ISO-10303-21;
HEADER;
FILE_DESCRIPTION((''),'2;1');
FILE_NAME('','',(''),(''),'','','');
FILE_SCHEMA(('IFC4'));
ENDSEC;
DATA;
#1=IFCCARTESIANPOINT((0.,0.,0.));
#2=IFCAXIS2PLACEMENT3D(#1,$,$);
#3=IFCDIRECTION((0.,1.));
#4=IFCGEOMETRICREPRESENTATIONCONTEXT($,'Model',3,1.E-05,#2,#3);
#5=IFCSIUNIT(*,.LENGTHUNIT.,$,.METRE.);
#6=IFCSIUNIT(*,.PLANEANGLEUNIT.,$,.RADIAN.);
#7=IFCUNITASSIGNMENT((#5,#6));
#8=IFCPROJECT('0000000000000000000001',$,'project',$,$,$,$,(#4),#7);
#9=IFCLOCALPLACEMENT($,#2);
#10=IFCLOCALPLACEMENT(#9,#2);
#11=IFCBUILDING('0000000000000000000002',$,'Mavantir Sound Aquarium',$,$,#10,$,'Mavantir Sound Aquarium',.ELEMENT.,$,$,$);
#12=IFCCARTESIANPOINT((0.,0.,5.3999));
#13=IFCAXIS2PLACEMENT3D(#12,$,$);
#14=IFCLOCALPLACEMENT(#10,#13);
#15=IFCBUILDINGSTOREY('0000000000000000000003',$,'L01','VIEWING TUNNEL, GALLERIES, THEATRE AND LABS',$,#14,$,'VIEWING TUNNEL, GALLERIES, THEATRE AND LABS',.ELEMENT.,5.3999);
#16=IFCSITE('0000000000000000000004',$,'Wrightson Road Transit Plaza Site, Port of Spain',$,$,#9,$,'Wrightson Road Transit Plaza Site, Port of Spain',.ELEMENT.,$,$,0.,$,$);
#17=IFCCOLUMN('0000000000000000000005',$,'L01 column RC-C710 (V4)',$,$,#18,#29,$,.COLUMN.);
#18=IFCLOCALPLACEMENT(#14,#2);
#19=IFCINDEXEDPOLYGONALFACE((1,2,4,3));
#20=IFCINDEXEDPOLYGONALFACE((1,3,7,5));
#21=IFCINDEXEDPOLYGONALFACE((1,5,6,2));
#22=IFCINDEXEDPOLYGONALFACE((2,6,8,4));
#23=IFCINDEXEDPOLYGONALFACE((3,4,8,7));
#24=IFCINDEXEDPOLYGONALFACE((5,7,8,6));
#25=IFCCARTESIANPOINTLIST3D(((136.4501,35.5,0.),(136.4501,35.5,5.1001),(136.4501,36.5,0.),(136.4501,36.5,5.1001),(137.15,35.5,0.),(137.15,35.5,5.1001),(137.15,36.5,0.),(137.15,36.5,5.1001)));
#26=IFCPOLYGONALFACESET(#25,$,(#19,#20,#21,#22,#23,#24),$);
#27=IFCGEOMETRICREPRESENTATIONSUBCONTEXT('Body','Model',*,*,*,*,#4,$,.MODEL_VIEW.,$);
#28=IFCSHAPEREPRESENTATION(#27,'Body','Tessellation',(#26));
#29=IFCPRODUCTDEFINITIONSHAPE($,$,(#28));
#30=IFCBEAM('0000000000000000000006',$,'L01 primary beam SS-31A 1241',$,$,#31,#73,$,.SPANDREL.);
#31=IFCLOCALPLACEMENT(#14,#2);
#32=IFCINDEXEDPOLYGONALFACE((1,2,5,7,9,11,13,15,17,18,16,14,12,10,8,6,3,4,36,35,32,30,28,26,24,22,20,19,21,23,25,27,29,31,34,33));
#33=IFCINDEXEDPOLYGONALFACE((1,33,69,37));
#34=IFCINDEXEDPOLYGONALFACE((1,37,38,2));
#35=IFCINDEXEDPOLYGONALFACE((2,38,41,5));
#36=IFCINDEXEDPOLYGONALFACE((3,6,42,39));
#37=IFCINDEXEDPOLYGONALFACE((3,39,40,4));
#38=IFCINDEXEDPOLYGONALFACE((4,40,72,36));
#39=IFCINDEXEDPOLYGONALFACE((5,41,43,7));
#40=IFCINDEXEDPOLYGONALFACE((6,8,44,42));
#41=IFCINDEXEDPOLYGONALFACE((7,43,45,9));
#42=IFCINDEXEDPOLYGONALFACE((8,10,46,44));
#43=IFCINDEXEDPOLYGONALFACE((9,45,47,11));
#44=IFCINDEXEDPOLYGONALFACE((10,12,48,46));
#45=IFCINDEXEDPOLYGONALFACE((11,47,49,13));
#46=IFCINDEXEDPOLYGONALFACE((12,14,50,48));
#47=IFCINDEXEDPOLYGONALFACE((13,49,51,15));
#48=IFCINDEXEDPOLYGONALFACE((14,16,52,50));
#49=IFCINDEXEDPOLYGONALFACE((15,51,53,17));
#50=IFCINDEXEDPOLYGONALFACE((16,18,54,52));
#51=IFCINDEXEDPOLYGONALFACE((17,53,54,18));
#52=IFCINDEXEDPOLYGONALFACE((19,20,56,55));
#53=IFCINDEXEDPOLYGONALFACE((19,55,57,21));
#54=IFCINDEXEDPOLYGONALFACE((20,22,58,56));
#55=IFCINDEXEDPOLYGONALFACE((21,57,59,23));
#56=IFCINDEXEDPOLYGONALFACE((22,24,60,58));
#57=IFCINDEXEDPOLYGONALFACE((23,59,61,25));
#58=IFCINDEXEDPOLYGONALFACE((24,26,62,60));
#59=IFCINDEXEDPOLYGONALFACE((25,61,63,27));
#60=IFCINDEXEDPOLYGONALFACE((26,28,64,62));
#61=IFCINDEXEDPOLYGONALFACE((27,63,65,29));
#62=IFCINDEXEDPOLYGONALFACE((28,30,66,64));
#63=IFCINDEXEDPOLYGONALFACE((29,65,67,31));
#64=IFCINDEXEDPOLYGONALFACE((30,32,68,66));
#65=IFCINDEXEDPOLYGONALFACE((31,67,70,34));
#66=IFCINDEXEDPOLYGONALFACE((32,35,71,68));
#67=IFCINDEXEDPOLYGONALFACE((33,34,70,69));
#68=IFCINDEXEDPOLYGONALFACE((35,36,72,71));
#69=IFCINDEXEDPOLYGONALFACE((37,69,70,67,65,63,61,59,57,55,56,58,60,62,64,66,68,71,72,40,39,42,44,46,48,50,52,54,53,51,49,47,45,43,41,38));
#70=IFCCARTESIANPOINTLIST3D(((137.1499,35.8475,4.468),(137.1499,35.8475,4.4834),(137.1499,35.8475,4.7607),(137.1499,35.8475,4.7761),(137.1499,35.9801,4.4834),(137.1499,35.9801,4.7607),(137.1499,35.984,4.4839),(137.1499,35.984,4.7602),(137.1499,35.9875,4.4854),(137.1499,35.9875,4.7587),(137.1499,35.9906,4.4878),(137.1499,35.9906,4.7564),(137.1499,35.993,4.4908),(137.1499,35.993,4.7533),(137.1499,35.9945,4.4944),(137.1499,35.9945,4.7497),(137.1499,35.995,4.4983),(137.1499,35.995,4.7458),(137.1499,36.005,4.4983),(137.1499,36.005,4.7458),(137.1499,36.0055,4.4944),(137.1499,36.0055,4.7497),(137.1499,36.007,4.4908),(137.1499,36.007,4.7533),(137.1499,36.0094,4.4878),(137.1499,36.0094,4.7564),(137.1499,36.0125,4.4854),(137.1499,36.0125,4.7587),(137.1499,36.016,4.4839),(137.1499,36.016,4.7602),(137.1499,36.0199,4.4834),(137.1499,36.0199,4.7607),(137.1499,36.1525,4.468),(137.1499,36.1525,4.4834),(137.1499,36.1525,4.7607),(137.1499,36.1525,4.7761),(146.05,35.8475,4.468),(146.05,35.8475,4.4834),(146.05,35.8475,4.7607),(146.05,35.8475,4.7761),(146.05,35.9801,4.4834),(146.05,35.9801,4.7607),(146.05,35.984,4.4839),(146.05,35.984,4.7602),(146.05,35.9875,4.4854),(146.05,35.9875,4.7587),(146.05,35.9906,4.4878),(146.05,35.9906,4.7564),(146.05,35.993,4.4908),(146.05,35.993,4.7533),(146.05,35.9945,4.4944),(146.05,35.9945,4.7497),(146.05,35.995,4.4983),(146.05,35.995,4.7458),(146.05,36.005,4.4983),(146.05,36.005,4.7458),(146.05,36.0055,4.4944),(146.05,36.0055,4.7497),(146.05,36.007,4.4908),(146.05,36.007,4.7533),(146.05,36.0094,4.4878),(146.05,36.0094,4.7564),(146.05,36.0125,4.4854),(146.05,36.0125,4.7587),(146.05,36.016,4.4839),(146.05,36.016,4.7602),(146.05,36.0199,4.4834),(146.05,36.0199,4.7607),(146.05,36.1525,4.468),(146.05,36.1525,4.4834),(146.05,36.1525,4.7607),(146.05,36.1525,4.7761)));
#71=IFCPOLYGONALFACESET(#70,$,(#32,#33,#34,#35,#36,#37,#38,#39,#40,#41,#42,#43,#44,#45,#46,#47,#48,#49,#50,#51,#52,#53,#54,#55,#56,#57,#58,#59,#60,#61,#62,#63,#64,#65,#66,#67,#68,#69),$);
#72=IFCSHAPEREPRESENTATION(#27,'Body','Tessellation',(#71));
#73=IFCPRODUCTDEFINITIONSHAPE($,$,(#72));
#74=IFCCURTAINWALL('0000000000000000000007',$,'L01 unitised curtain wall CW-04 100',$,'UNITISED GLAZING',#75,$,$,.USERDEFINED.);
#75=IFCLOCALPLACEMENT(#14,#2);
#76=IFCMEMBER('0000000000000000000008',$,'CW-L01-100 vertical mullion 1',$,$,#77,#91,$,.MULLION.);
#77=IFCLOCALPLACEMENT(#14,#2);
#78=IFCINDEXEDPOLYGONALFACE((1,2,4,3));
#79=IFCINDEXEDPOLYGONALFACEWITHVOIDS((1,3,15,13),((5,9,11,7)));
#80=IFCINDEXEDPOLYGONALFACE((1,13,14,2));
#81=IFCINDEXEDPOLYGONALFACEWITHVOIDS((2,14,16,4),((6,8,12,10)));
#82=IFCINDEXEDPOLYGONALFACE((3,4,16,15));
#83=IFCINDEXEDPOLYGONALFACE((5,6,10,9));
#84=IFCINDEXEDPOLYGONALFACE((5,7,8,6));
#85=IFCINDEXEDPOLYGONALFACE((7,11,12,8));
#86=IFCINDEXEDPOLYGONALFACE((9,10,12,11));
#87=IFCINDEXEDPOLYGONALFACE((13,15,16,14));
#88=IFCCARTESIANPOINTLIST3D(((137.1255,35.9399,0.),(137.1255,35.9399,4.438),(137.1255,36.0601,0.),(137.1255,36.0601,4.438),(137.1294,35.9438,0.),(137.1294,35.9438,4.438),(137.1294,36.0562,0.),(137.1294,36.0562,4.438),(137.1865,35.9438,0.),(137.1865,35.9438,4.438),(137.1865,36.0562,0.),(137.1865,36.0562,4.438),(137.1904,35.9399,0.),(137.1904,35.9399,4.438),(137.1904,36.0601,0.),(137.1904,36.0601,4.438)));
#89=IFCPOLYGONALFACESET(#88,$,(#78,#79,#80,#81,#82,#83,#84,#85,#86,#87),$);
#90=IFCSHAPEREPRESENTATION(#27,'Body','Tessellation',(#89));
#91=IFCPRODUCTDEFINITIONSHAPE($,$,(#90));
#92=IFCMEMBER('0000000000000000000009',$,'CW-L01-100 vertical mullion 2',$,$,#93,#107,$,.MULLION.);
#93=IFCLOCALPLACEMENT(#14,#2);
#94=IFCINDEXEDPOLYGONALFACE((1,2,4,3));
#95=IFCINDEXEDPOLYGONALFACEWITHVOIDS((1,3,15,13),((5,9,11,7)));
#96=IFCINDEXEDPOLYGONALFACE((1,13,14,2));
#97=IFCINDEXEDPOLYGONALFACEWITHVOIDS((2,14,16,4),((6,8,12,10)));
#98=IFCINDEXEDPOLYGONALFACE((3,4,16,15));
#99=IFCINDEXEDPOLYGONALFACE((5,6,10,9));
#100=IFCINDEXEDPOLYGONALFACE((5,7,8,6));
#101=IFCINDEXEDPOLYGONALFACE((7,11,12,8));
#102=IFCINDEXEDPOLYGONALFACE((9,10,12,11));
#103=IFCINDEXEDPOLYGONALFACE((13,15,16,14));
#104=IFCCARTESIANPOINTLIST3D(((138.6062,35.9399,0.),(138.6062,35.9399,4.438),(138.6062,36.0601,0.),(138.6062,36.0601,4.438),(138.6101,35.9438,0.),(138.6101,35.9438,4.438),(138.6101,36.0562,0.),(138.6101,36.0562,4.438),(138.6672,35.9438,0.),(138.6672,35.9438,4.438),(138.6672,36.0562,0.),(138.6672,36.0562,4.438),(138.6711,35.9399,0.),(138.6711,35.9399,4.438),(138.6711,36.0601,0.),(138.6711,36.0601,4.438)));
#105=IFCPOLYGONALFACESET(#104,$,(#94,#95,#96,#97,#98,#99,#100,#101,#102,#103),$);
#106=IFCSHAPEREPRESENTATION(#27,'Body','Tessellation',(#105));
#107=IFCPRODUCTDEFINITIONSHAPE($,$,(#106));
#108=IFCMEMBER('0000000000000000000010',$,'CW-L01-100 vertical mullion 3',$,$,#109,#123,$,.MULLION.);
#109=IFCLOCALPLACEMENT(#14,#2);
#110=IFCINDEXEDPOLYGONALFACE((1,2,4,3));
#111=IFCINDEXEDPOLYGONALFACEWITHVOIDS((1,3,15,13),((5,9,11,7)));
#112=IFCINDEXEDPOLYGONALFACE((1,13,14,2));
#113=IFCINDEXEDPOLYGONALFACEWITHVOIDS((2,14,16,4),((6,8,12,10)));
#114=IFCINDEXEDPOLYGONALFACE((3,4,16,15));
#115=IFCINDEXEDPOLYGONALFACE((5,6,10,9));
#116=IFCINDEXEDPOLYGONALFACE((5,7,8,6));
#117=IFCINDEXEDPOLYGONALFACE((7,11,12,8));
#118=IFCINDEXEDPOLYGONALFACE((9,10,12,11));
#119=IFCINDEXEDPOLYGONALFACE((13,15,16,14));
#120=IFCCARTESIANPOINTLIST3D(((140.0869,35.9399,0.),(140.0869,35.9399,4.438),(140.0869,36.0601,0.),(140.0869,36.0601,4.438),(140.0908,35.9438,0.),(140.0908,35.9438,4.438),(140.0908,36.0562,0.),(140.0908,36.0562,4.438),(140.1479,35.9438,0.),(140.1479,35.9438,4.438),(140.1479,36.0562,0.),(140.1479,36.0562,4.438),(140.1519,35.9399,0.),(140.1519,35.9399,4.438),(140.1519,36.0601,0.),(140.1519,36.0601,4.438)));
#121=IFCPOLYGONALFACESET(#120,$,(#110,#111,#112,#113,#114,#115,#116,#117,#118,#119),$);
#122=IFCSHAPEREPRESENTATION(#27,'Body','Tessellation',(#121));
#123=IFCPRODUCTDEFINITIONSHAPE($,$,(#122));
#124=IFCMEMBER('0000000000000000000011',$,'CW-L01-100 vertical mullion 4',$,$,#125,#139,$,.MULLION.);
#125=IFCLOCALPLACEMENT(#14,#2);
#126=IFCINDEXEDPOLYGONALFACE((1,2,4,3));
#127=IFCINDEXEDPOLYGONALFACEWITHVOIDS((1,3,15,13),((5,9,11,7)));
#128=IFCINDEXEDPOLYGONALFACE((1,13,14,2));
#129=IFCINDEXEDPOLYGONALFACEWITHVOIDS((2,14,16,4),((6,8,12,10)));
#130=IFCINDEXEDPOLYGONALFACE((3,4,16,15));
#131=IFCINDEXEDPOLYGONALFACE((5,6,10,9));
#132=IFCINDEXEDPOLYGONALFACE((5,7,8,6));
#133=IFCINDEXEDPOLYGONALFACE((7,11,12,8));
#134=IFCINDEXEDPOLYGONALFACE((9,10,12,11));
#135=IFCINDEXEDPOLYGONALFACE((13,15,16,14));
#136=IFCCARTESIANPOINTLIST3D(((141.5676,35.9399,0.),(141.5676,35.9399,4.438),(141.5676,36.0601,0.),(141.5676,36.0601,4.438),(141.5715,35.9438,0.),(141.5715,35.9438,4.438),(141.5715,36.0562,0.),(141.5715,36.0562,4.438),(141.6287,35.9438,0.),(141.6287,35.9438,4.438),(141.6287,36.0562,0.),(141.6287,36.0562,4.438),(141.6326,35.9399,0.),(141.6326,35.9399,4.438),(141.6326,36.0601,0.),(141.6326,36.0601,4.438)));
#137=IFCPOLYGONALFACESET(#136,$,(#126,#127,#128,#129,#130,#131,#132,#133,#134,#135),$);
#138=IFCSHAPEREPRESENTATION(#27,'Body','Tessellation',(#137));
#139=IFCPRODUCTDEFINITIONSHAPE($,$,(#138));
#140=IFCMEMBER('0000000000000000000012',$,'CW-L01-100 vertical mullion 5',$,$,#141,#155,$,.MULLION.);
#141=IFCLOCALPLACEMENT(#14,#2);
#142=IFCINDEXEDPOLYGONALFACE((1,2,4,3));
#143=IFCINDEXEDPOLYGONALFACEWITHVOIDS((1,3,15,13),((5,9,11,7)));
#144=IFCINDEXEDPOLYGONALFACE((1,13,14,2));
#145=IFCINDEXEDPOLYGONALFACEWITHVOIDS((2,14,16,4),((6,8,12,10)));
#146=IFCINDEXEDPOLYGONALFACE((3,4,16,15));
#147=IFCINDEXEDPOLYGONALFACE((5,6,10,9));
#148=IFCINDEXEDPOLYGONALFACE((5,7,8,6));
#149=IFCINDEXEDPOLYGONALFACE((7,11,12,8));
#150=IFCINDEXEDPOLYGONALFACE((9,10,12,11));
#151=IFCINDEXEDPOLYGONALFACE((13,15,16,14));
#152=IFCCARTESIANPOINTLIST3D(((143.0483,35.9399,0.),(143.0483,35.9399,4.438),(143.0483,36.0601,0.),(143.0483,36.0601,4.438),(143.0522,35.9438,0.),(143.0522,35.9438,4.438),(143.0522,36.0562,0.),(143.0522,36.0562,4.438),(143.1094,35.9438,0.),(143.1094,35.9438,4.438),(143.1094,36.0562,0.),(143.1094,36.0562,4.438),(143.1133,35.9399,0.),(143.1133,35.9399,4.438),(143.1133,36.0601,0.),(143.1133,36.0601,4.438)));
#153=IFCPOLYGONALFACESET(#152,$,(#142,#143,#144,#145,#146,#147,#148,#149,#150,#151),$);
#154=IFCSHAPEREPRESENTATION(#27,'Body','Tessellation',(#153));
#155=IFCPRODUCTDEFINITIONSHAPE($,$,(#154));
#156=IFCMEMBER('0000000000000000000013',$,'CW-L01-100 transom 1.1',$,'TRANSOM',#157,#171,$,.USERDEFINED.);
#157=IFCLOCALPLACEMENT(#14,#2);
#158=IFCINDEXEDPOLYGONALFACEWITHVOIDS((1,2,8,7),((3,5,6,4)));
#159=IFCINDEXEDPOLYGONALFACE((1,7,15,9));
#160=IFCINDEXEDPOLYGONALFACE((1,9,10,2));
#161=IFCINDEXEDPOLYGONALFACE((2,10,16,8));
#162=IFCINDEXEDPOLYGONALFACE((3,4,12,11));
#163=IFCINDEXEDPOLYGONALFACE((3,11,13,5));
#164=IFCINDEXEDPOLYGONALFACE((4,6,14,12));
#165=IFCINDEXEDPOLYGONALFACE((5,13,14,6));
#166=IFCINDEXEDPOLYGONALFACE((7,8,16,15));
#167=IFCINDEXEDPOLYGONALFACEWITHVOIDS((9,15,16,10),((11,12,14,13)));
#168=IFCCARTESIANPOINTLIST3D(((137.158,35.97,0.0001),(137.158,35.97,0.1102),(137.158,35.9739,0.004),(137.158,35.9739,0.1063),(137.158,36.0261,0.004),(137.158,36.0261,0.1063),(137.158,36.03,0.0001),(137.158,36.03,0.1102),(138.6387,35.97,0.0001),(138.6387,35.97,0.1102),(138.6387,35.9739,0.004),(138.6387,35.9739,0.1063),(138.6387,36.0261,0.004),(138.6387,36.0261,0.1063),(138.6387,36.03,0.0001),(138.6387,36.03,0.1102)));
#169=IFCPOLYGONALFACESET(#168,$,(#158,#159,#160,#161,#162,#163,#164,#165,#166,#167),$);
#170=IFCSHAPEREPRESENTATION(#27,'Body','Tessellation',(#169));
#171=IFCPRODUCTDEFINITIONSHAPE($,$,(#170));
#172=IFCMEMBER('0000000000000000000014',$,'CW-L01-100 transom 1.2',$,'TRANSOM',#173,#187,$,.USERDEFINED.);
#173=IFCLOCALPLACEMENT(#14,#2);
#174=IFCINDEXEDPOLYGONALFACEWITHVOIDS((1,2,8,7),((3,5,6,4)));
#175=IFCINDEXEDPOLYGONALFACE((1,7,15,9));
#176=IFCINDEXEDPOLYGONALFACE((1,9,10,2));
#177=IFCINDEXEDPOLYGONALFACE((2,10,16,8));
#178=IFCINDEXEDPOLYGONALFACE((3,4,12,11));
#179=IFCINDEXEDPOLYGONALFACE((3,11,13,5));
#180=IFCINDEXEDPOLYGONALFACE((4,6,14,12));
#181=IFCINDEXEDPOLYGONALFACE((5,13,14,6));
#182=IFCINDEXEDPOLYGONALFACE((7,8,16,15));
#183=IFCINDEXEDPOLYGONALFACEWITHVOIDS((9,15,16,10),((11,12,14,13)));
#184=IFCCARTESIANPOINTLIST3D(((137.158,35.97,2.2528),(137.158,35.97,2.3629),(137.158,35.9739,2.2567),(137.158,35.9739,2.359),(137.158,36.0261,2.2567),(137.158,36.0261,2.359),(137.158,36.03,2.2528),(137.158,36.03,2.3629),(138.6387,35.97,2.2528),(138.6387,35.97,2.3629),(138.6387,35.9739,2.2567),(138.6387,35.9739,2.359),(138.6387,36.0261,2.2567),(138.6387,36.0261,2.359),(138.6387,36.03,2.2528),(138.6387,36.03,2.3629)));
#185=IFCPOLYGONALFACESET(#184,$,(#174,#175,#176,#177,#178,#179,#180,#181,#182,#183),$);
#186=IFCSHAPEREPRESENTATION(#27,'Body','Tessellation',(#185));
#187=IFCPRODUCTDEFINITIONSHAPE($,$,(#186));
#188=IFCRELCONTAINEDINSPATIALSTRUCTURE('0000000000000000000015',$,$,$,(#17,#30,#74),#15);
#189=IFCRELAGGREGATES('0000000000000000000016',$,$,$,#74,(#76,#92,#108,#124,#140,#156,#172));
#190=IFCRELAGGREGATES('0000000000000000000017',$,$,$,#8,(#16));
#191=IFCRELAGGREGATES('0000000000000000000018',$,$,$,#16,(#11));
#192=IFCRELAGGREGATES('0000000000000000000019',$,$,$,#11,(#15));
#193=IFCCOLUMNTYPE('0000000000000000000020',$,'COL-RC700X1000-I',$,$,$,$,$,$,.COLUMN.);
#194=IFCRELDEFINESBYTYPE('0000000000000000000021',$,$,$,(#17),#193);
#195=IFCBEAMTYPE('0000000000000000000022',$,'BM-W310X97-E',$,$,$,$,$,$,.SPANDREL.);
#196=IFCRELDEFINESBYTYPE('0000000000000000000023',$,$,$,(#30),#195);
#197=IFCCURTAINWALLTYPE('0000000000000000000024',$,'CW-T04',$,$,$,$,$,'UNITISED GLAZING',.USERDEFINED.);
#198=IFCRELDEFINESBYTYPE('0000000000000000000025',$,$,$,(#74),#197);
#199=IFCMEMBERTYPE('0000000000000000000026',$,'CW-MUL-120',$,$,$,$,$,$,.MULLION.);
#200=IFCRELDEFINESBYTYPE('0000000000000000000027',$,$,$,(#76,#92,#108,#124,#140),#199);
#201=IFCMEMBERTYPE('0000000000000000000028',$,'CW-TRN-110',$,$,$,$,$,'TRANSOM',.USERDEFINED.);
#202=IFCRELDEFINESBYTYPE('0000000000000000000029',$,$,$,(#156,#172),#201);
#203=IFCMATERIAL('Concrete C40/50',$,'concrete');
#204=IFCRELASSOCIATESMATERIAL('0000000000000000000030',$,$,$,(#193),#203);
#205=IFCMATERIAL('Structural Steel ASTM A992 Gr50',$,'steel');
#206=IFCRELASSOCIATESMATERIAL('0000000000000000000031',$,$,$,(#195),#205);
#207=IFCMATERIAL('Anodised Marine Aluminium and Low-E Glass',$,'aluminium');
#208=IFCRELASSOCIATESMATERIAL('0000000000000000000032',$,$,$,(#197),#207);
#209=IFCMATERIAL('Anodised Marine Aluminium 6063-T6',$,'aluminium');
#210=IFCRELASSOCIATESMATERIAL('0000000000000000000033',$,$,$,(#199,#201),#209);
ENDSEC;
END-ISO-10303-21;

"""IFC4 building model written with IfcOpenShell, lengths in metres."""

from ifc_helpers import new_model, si_unit, direction, frame, origin, origin_2d, place, context, subcontext, project, spatial, rectangle, hollow_rectangle, i_section, extrude, material, material_profile, profile_set, type_object, element, aggregate, save


model = new_model("IFC4")

# Units and contexts
model_context = context("Model", 3, precision=1e-05, world=origin(), true_north=direction((0.0, 1.0)))
body_context = subcontext(model_context, "Body", "Model", "MODEL_VIEW")
ifc_project = project(units=[si_unit("LENGTHUNIT", "METRE"), si_unit("PLANEANGLEUNIT", "RADIAN")], contexts=[model_context])

# Site, building, storey
site_placement = place(None, origin())
site = spatial("IfcSite", under=ifc_project, at=site_placement, Name="Wrightson Road Transit Plaza Site, Port of Spain", LongName="Wrightson Road Transit Plaza Site, Port of Spain", CompositionType="ELEMENT", RefElevation=0.0)
building_placement = place(site_placement, origin())
building = spatial("IfcBuilding", under=site, at=building_placement, Name="Mavantir Sound Aquarium", LongName="Mavantir Sound Aquarium", CompositionType="ELEMENT")
storey_placement = place(building_placement, frame((0.0, 0.0, 5.3999)))
storey = spatial("IfcBuildingStorey", under=building, at=storey_placement, Name="L01", Description="VIEWING TUNNEL, GALLERIES, THEATRE AND LABS", LongName="VIEWING TUNNEL, GALLERIES, THEATRE AND LABS", CompositionType="ELEMENT", Elevation=5.3999)

# Column
ifc_material_1 = material(Name="Concrete C40/50", Category="concrete")
ifc_material_profile_1 = material_profile(ifc_material_1, rectangle(XDim=0.7, YDim=1.0, at=origin_2d()), Name="RC 700X1000")
ifc_profile_set_1 = profile_set([ifc_material_profile_1], Name="Concrete C40/50")
column_type = type_object("IfcColumnType", Name="COL-RC700X1000-I", PredefinedType="COLUMN", material=ifc_profile_set_1)
column_placement = place(storey_placement, frame((136.8, 36.0, 0.0), z_axis=(0.0, 0.0, 1.0), x_axis=(1.0, 0.0, 0.0)))
element("IfcColumn", 1, at=column_placement, inside=storey, type_object=column_type, Name="L01 column RC-C710 (V4)", PredefinedType="COLUMN", context=body_context, shape_type="SweptSolid", body=[
    extrude(rectangle(XDim=0.7, YDim=1.0, at=origin_2d()), origin(), (0.0, 0.0, 1.0), 5.1001),
])

# Beam
ifc_material_2 = material(Name="Structural Steel ASTM A992 Gr50", Category="steel")
ifc_material_profile_2 = material_profile(ifc_material_2, i_section(OverallWidth=0.3049, OverallDepth=0.3081, WebThickness=0.01, FlangeThickness=0.0154, FilletRadius=0.0149, at=origin_2d()), Name="W310X97")
ifc_profile_set_2 = profile_set([ifc_material_profile_2], Name="Structural Steel ASTM A992 Gr50")
beam_type = type_object("IfcBeamType", Name="BM-W310X97-E", PredefinedType="SPANDREL", material=ifc_profile_set_2)
beam_placement = place(storey_placement, frame((137.1499, 36.0, 4.6221), z_axis=(1.0, 0.0, 0.0), x_axis=(0.0, 1.0, 0.0)))
element("IfcBeam", 2, at=beam_placement, inside=storey, type_object=beam_type, Name="L01 primary beam SS-31A 1241", PredefinedType="SPANDREL", context=body_context, shape_type="SweptSolid", body=[
    extrude(i_section(OverallWidth=0.3049, OverallDepth=0.3081, WebThickness=0.01, FlangeThickness=0.0154, FilletRadius=0.0149, at=origin_2d()), origin(), (0.0, 0.0, 1.0), 8.9001),
])

# Curtain wall, members
ifc_material_3 = material(Name="Anodised Marine Aluminium and Low-E Glass", Category="aluminium")
curtain_wall_type = type_object("IfcCurtainWallType", Name="CW-T04", ElementType="UNITISED GLAZING", PredefinedType="USERDEFINED", material=ifc_material_3)
curtain_wall_placement = place(storey_placement, origin())
curtain_wall = element("IfcCurtainWall", 3, at=curtain_wall_placement, inside=storey, type_object=curtain_wall_type, Name="L01 unitised curtain wall CW-04 100", ObjectType="UNITISED GLAZING", PredefinedType="USERDEFINED")
ifc_material_4 = material(Name="Anodised Marine Aluminium 6063-T6", Category="aluminium")
ifc_material_profile_3 = material_profile(ifc_material_4, hollow_rectangle(XDim=0.0649, YDim=0.1201, WallThickness=0.0039, at=origin_2d()), Name="ALU-MULLION-120X65")
ifc_profile_set_3 = profile_set([ifc_material_profile_3], Name="Anodised Marine Aluminium 6063-T6")
member_type_1 = type_object("IfcMemberType", Name="CW-MUL-120", PredefinedType="MULLION", material=ifc_profile_set_3)
member_1_placement = place(storey_placement, frame((137.158, 36.0, 0.0), z_axis=(0.0, 0.0, 1.0), x_axis=(1.0, 0.0, 0.0)))
member_1 = element("IfcMember", 4, at=member_1_placement, type_object=member_type_1, Name="CW-L01-100 vertical mullion 1", PredefinedType="MULLION", context=body_context, shape_type="SweptSolid", body=[
    extrude(hollow_rectangle(XDim=0.0649, YDim=0.1201, WallThickness=0.0039, at=origin_2d()), origin(), (0.0, 0.0, 1.0), 4.438),
])
member_2_placement = place(storey_placement, frame((138.6387, 36.0, 0.0), z_axis=(0.0, 0.0, 1.0), x_axis=(1.0, 0.0, 0.0)))
member_2 = element("IfcMember", 5, at=member_2_placement, type_object=member_type_1, Name="CW-L01-100 vertical mullion 2", PredefinedType="MULLION", context=body_context, shape_type="SweptSolid", body=[
    extrude(hollow_rectangle(XDim=0.0649, YDim=0.1201, WallThickness=0.0039, at=origin_2d()), origin(), (0.0, 0.0, 1.0), 4.438),
])
member_3_placement = place(storey_placement, frame((140.1194, 36.0, 0.0), z_axis=(0.0, 0.0, 1.0), x_axis=(1.0, 0.0, 0.0)))
member_3 = element("IfcMember", 6, at=member_3_placement, type_object=member_type_1, Name="CW-L01-100 vertical mullion 3", PredefinedType="MULLION", context=body_context, shape_type="SweptSolid", body=[
    extrude(hollow_rectangle(XDim=0.0649, YDim=0.1201, WallThickness=0.0039, at=origin_2d()), origin(), (0.0, 0.0, 1.0), 4.438),
])
member_4_placement = place(storey_placement, frame((141.6001, 36.0, 0.0), z_axis=(0.0, 0.0, 1.0), x_axis=(1.0, 0.0, 0.0)))
member_4 = element("IfcMember", 7, at=member_4_placement, type_object=member_type_1, Name="CW-L01-100 vertical mullion 4", PredefinedType="MULLION", context=body_context, shape_type="SweptSolid", body=[
    extrude(hollow_rectangle(XDim=0.0649, YDim=0.1201, WallThickness=0.0039, at=origin_2d()), origin(), (0.0, 0.0, 1.0), 4.438),
])
member_5_placement = place(storey_placement, frame((143.0808, 36.0, 0.0), z_axis=(0.0, 0.0, 1.0), x_axis=(1.0, 0.0, 0.0)))
member_5 = element("IfcMember", 8, at=member_5_placement, type_object=member_type_1, Name="CW-L01-100 vertical mullion 5", PredefinedType="MULLION", context=body_context, shape_type="SweptSolid", body=[
    extrude(hollow_rectangle(XDim=0.0649, YDim=0.1201, WallThickness=0.0039, at=origin_2d()), origin(), (0.0, 0.0, 1.0), 4.438),
])
ifc_material_profile_4 = material_profile(ifc_material_4, hollow_rectangle(XDim=0.0601, YDim=0.1101, WallThickness=0.0039, at=origin_2d()), Name="ALU-TRANSOM-110X60")
ifc_profile_set_4 = profile_set([ifc_material_profile_4], Name="Anodised Marine Aluminium 6063-T6")
member_type_2 = type_object("IfcMemberType", Name="CW-TRN-110", ElementType="TRANSOM", PredefinedType="USERDEFINED", material=ifc_profile_set_4)
member_6_placement = place(storey_placement, frame((137.158, 36.0, 0.0552), z_axis=(1.0, 0.0, 0.0), x_axis=(0.0, 1.0, 0.0)))
member_6 = element("IfcMember", 9, at=member_6_placement, type_object=member_type_2, Name="CW-L01-100 transom 1.1", ObjectType="TRANSOM", PredefinedType="USERDEFINED", context=body_context, shape_type="SweptSolid", body=[
    extrude(hollow_rectangle(XDim=0.0601, YDim=0.1101, WallThickness=0.0039, at=origin_2d()), origin(), (0.0, 0.0, 1.0), 1.4807),
])
member_7_placement = place(storey_placement, frame((137.158, 36.0, 2.3079), z_axis=(1.0, 0.0, 0.0), x_axis=(0.0, 1.0, 0.0)))
member_7 = element("IfcMember", 10, at=member_7_placement, type_object=member_type_2, Name="CW-L01-100 transom 1.2", ObjectType="TRANSOM", PredefinedType="USERDEFINED", context=body_context, shape_type="SweptSolid", body=[
    extrude(hollow_rectangle(XDim=0.0601, YDim=0.1101, WallThickness=0.0039, at=origin_2d()), origin(), (0.0, 0.0, 1.0), 1.4807),
])
aggregate(curtain_wall, [member_1, member_2, member_3, member_4, member_5, member_6, member_7])

save(model, "model.ifc")
